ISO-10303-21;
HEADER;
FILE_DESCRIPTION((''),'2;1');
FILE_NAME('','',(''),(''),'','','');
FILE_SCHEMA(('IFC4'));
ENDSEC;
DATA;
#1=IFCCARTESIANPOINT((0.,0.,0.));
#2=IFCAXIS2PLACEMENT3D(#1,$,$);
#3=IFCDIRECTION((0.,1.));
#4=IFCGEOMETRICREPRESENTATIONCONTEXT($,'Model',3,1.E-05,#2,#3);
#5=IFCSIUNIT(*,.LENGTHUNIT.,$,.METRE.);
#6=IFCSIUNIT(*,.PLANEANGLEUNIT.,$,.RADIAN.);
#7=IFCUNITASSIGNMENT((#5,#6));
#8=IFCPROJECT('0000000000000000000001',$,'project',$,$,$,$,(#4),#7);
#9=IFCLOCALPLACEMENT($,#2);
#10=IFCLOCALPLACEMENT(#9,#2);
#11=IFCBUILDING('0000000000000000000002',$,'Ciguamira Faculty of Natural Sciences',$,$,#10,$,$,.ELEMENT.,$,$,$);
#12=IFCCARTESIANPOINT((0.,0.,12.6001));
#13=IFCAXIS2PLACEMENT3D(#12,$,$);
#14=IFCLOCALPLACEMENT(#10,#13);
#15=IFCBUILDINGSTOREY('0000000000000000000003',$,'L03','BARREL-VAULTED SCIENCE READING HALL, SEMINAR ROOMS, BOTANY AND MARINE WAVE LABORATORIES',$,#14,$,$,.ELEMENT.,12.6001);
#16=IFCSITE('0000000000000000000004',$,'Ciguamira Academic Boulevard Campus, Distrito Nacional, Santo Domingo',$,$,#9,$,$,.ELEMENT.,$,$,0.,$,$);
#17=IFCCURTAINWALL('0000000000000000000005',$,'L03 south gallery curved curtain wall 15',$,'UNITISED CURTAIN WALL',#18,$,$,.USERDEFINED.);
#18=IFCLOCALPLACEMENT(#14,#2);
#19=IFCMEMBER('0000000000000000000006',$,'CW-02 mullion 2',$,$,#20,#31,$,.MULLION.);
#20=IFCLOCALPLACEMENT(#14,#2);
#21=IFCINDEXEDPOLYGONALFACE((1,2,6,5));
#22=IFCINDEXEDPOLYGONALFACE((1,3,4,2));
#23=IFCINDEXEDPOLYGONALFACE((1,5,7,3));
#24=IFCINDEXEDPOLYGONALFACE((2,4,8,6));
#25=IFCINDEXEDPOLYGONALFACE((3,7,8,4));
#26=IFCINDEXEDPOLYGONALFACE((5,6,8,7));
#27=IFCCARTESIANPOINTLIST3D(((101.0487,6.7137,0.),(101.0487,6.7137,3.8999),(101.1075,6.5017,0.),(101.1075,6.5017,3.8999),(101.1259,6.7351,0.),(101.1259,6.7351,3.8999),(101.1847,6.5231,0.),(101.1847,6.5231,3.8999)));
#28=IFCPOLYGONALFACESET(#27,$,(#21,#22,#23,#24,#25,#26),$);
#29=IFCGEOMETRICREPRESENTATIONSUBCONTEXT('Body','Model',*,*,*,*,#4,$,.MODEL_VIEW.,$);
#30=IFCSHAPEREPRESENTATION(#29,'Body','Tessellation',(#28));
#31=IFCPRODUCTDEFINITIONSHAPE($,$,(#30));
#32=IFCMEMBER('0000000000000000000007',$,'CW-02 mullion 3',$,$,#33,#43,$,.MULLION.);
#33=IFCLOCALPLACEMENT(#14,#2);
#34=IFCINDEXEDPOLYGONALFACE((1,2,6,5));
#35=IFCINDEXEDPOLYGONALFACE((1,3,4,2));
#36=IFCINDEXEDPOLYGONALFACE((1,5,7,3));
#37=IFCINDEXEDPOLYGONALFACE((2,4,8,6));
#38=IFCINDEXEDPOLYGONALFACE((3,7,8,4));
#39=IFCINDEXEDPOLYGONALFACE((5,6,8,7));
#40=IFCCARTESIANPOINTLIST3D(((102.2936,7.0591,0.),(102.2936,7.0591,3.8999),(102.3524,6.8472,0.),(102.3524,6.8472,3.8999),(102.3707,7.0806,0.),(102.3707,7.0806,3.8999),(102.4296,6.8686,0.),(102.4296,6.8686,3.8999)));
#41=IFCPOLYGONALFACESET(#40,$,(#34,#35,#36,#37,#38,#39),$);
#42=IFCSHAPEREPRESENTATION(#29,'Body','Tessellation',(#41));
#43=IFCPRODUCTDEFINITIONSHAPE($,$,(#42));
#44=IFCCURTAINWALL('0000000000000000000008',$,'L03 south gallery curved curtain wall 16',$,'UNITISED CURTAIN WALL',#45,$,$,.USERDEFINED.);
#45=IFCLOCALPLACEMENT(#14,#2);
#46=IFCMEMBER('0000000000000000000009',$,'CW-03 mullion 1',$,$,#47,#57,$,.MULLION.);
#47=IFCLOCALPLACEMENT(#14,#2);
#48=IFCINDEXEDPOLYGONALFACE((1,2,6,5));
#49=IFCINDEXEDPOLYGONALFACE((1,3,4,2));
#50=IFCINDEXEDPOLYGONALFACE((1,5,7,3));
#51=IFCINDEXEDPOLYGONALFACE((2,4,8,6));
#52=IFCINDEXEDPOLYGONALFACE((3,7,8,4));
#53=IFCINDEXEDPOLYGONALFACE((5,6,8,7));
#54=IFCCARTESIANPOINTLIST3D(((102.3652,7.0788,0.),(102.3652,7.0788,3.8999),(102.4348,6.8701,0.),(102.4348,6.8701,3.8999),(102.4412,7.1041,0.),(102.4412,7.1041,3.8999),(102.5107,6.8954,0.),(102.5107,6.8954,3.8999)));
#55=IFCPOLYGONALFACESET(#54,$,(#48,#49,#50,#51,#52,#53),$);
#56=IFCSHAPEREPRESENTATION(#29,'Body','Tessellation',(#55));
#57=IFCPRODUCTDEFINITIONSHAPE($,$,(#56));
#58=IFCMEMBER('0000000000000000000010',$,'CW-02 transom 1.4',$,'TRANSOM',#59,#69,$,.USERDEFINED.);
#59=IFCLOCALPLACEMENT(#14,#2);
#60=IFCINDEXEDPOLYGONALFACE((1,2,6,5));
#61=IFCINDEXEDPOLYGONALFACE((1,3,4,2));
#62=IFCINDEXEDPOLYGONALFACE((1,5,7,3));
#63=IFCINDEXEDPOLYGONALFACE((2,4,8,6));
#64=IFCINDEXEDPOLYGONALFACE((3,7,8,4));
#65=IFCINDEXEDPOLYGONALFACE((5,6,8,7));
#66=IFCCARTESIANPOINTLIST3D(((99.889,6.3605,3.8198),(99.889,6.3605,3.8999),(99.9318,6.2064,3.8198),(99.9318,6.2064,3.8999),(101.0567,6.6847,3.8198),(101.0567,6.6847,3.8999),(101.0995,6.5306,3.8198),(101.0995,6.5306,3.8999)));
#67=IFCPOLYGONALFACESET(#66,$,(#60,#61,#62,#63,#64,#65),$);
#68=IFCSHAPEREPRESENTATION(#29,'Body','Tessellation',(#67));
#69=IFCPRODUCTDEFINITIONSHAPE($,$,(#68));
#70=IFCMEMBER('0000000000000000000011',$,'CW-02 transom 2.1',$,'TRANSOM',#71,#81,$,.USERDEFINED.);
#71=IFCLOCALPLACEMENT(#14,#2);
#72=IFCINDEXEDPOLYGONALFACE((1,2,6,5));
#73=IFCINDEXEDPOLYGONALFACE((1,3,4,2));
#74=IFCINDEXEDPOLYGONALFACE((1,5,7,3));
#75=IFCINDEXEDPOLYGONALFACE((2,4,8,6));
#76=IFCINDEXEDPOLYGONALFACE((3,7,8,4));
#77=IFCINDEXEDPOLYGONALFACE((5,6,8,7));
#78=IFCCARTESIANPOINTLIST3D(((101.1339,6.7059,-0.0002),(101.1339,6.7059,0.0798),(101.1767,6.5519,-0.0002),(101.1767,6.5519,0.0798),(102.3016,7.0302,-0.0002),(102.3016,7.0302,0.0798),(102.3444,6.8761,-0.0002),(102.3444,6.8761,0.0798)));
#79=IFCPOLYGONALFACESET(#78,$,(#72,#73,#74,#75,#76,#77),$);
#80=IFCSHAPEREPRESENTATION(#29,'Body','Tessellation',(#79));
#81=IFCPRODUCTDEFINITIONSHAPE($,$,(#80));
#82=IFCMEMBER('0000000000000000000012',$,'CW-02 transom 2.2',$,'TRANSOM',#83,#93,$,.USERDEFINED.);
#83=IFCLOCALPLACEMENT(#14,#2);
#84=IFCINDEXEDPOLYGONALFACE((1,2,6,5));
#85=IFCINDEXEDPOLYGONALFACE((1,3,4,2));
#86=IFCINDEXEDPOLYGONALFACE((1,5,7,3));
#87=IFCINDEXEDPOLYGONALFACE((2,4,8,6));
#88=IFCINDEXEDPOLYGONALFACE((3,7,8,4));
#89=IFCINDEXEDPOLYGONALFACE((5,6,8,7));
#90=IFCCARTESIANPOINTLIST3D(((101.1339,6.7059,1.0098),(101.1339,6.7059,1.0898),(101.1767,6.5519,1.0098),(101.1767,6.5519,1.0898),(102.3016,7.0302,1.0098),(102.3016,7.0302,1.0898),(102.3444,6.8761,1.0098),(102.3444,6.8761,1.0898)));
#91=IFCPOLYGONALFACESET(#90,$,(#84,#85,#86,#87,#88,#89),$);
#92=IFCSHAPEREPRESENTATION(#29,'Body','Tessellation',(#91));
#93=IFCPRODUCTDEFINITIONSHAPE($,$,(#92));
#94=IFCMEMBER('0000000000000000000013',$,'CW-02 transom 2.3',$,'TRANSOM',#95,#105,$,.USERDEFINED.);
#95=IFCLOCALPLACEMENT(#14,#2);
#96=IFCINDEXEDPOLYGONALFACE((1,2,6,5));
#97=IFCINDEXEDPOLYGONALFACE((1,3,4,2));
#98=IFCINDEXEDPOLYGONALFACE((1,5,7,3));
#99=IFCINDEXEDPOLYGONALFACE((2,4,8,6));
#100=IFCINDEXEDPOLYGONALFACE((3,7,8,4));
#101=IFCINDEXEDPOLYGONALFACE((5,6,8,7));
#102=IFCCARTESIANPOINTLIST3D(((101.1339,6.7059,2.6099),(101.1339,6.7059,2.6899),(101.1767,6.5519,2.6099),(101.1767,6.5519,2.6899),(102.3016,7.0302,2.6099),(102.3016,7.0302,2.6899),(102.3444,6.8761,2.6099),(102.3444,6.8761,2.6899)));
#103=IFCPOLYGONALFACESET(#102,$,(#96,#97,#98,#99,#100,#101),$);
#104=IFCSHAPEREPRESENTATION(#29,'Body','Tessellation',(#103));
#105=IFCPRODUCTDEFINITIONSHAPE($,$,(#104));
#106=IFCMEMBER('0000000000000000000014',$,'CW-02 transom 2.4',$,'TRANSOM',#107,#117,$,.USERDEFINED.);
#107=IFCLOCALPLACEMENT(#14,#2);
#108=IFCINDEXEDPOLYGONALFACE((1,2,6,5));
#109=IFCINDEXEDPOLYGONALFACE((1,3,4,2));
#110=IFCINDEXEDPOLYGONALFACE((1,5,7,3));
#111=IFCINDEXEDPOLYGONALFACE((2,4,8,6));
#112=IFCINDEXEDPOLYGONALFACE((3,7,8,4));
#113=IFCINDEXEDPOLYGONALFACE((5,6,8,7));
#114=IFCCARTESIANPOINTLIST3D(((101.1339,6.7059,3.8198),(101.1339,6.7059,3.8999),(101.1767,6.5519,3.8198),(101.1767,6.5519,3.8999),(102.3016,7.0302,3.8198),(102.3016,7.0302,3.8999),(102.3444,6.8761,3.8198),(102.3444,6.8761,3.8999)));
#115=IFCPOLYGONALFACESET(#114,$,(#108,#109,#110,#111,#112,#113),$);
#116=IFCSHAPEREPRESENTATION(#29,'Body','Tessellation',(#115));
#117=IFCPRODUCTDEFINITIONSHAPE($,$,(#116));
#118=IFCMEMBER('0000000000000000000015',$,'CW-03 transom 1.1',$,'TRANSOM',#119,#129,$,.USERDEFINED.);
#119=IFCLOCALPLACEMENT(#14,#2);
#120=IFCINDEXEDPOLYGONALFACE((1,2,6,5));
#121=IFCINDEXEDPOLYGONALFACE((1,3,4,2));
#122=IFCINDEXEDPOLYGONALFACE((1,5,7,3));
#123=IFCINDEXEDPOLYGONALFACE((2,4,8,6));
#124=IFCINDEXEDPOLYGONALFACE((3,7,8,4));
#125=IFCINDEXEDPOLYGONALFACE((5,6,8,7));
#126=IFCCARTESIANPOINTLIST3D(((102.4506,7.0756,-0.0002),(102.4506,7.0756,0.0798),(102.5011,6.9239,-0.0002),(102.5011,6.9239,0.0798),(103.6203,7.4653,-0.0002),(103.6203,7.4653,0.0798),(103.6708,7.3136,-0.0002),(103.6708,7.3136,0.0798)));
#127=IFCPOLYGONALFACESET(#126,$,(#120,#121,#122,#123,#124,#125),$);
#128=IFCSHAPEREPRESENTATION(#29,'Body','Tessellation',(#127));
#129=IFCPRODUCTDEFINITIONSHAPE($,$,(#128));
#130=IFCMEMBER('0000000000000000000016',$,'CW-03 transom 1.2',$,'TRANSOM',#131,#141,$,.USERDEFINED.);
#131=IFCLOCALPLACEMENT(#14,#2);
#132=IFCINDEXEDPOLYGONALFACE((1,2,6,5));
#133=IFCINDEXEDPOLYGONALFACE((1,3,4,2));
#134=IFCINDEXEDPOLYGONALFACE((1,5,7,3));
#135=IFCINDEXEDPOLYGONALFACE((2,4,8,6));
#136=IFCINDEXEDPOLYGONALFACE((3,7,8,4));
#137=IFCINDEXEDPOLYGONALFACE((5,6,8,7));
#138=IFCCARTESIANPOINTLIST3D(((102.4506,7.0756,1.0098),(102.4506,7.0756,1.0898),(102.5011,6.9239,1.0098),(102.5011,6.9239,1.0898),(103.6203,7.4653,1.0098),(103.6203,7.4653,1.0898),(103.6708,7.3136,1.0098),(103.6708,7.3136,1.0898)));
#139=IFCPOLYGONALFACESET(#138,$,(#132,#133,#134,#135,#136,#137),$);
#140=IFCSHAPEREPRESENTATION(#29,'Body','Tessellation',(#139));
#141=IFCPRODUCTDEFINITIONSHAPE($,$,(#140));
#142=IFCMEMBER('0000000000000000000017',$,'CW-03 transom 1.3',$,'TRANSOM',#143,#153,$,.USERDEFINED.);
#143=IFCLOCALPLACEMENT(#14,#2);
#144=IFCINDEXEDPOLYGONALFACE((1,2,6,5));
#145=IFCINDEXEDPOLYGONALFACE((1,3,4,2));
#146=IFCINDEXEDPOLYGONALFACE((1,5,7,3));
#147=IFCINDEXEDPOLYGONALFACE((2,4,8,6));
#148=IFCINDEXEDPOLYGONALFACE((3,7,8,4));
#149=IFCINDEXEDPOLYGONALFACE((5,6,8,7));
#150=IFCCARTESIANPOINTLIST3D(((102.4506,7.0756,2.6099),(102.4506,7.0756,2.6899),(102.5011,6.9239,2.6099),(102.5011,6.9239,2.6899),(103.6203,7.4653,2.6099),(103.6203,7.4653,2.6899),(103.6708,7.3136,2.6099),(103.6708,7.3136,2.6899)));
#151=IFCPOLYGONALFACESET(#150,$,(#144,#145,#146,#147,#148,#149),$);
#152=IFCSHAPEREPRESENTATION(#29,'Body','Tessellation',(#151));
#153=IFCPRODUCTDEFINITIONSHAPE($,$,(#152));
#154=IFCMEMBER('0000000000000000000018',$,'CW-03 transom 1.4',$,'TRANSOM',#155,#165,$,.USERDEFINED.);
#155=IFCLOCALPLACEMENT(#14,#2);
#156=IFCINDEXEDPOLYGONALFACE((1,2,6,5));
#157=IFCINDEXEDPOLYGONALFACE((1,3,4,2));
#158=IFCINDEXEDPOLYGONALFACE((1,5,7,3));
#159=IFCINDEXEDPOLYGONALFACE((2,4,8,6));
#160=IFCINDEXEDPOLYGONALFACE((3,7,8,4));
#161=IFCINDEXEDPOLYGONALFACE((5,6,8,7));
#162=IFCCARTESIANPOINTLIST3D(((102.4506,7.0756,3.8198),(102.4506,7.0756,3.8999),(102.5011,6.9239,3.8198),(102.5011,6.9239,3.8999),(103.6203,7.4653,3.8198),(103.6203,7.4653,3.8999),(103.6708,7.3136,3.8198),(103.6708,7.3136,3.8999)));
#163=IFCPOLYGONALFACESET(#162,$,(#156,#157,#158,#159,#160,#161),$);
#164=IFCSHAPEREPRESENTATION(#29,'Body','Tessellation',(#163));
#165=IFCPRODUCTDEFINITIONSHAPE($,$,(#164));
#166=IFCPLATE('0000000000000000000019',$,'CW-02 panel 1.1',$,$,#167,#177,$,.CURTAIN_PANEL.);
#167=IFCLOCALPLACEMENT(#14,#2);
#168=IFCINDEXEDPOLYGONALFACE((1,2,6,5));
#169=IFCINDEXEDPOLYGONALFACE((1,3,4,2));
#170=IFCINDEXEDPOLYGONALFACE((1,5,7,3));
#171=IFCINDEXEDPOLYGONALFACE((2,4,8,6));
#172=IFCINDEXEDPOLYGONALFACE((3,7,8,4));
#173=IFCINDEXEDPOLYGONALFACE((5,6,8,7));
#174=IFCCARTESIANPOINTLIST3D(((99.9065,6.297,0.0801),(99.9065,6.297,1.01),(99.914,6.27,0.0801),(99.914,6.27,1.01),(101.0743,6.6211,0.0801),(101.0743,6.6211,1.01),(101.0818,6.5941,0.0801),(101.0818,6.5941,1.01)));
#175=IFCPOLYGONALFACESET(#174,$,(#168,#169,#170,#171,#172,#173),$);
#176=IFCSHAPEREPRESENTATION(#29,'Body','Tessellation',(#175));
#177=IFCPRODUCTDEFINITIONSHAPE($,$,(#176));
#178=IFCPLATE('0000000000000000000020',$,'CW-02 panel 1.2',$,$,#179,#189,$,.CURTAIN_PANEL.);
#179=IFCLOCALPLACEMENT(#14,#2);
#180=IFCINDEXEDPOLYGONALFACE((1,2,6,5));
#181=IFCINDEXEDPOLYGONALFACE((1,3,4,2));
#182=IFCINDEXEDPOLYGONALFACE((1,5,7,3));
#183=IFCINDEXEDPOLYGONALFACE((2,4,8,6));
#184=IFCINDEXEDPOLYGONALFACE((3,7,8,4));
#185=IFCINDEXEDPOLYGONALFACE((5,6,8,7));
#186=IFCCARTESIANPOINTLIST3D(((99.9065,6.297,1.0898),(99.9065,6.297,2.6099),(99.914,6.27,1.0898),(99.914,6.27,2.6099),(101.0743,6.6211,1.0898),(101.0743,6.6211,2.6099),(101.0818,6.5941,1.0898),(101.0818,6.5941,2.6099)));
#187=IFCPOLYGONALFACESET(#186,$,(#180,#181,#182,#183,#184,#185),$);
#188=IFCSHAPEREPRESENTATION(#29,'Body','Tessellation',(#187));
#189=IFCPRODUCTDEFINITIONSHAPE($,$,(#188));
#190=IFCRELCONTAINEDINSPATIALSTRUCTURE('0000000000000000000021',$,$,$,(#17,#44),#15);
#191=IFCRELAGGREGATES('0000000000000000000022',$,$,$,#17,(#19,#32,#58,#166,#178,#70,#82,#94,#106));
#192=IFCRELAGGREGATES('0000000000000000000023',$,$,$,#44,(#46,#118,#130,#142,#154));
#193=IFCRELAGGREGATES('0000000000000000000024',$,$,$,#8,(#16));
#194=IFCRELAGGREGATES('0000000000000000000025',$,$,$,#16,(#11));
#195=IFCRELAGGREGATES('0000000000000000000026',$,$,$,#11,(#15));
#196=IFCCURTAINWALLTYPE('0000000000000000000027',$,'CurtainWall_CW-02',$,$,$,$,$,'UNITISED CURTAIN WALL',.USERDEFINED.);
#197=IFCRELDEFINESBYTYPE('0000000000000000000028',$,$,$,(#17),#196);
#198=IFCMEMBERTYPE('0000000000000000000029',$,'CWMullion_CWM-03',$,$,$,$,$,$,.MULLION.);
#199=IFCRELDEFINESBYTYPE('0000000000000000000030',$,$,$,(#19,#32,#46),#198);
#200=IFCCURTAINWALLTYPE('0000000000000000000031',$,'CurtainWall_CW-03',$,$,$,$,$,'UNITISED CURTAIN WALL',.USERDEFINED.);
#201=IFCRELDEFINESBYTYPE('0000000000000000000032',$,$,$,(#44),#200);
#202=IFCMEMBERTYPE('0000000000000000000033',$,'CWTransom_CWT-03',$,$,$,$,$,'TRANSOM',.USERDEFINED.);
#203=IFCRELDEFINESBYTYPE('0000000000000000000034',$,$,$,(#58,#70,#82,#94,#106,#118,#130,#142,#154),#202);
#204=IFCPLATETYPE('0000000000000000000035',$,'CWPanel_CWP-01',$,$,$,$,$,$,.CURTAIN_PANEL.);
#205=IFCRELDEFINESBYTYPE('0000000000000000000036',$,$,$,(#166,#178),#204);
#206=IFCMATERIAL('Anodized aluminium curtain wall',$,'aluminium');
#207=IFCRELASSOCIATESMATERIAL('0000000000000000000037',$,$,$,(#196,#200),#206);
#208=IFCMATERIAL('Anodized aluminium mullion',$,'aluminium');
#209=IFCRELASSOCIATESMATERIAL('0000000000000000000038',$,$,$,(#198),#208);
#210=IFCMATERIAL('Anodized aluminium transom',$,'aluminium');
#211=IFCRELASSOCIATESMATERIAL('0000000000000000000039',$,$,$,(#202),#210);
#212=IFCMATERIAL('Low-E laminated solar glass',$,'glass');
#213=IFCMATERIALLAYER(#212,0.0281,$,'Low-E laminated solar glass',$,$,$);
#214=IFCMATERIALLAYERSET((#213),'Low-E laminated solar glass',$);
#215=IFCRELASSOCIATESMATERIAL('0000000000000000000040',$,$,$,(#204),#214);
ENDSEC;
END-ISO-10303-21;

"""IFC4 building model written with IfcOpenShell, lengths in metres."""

from ifc_helpers import new_model, si_unit, direction, frame, origin, origin_2d, place, context, subcontext, project, spatial, rectangle, extrude, material, layer, layer_set, material_profile, profile_set, type_object, element, aggregate, save


model = new_model("IFC4")

# Units and contexts
model_context = context("Model", 3, precision=1e-05, world=origin(), true_north=direction((0.0, 1.0)))
body_context = subcontext(model_context, "Body", "Model", "MODEL_VIEW")
ifc_project = project(units=[si_unit("LENGTHUNIT", "METRE"), si_unit("PLANEANGLEUNIT", "RADIAN")], contexts=[model_context])

# Site, building, storey
site_placement = place(None, origin())
site = spatial("IfcSite", under=ifc_project, at=site_placement, Name="Ciguamira Academic Boulevard Campus, Distrito Nacional, Santo Domingo", CompositionType="ELEMENT", RefElevation=0.0)
building_placement = place(site_placement, origin())
building = spatial("IfcBuilding", under=site, at=building_placement, Name="Ciguamira Faculty of Natural Sciences", CompositionType="ELEMENT")
storey_placement = place(building_placement, frame((0.0, 0.0, 12.6001)))
storey = spatial("IfcBuildingStorey", under=building, at=storey_placement, Name="L03", Description="BARREL-VAULTED SCIENCE READING HALL, SEMINAR ROOMS, BOTANY AND MARINE WAVE LABORATORIES", CompositionType="ELEMENT", Elevation=12.6001)

# Curtain wall, members
ifc_material_1 = material(Name="Anodized aluminium curtain wall", Category="aluminium")
curtain_wall_type_1 = type_object("IfcCurtainWallType", Name="CurtainWall_CW-02", ElementType="UNITISED CURTAIN WALL", PredefinedType="USERDEFINED", material=ifc_material_1)
curtain_wall_1_placement = place(storey_placement, origin())
curtain_wall_1 = element("IfcCurtainWall", 1, at=curtain_wall_1_placement, inside=storey, type_object=curtain_wall_type_1, Name="L03 south gallery curved curtain wall 15", ObjectType="UNITISED CURTAIN WALL", PredefinedType="USERDEFINED")
ifc_material_2 = material(Name="Anodized aluminium mullion", Category="aluminium")
ifc_material_profile_1 = material_profile(ifc_material_2, rectangle(XDim=0.0801, YDim=0.22, at=origin_2d()), Name="ALU-MUL-80X220")
ifc_profile_set_1 = profile_set([ifc_material_profile_1], Name="Anodized aluminium mullion")
member_type_1 = type_object("IfcMemberType", Name="CWMullion_CWM-03", PredefinedType="MULLION", material=ifc_profile_set_1)
member_1_placement = place(storey_placement, frame((101.1167, 6.6184, 0.0), z_axis=(0.0, 0.0, 1.0), x_axis=(0.963573, 0.267444, 0.0)))
member_1 = element("IfcMember", 2, at=member_1_placement, type_object=member_type_1, Name="CW-02 mullion 2", PredefinedType="MULLION", context=body_context, shape_type="SweptSolid", body=[
    extrude(rectangle(XDim=0.0801, YDim=0.22, at=origin_2d()), origin(), (0.0, 0.0, 1.0), 3.8999),
])
member_2_placement = place(storey_placement, frame((102.3616, 6.9639, 0.0), z_axis=(0.0, 0.0, 1.0), x_axis=(0.963573, 0.267444, 0.0)))
member_2 = element("IfcMember", 3, at=member_2_placement, type_object=member_type_1, Name="CW-02 mullion 3", PredefinedType="MULLION", context=body_context, shape_type="SweptSolid", body=[
    extrude(rectangle(XDim=0.0801, YDim=0.22, at=origin_2d()), origin(), (0.0, 0.0, 1.0), 3.8999),
])

# Curtain wall, member
curtain_wall_type_2 = type_object("IfcCurtainWallType", Name="CurtainWall_CW-03", ElementType="UNITISED CURTAIN WALL", PredefinedType="USERDEFINED", material=ifc_material_1)
curtain_wall_2_placement = place(storey_placement, origin())
curtain_wall_2 = element("IfcCurtainWall", 4, at=curtain_wall_2_placement, inside=storey, type_object=curtain_wall_type_2, Name="L03 south gallery curved curtain wall 16", ObjectType="UNITISED CURTAIN WALL", PredefinedType="USERDEFINED")
member_3_placement = place(storey_placement, frame((102.438, 6.9871, 0.0), z_axis=(0.0, 0.0, 1.0), x_axis=(0.948735, 0.316073, 0.0)))
member_3 = element("IfcMember", 5, at=member_3_placement, type_object=member_type_1, Name="CW-03 mullion 1", PredefinedType="MULLION", context=body_context, shape_type="SweptSolid", body=[
    extrude(rectangle(XDim=0.0801, YDim=0.22, at=origin_2d()), origin(), (0.0, 0.0, 1.0), 3.8999),
])

# Members
ifc_material_3 = material(Name="Anodized aluminium transom", Category="aluminium")
ifc_material_profile_2 = material_profile(ifc_material_3, rectangle(XDim=0.0801, YDim=0.1599, at=origin_2d()), Name="ALU-TRN-80X160")
ifc_profile_set_2 = profile_set([ifc_material_profile_2], Name="Anodized aluminium transom")
member_type_2 = type_object("IfcMemberType", Name="CWTransom_CWT-03", ElementType="TRANSOM", PredefinedType="USERDEFINED", material=ifc_profile_set_2)
member_4_placement = place(storey_placement, frame((99.9104, 6.2834, 3.8599), z_axis=(0.96355, 0.26753, 0.0), x_axis=(0.0, 0.0, 1.0)))
member_4 = element("IfcMember", 6, at=member_4_placement, type_object=member_type_2, Name="CW-02 transom 1.4", ObjectType="TRANSOM", PredefinedType="USERDEFINED", context=body_context, shape_type="SweptSolid", body=[
    extrude(rectangle(XDim=0.0801, YDim=0.1599, at=origin_2d()), origin(), (0.0, 0.0, 1.0), 1.2119),
])
member_5_placement = place(storey_placement, frame((101.1553, 6.6289, 0.0398), z_axis=(0.96355, 0.26753, 0.0), x_axis=(0.0, 0.0, 1.0)))
member_5 = element("IfcMember", 7, at=member_5_placement, type_object=member_type_2, Name="CW-02 transom 2.1", ObjectType="TRANSOM", PredefinedType="USERDEFINED", context=body_context, shape_type="SweptSolid", body=[
    extrude(rectangle(XDim=0.0801, YDim=0.1599, at=origin_2d()), origin(), (0.0, 0.0, 1.0), 1.2119),
])
member_6_placement = place(storey_placement, frame((101.1553, 6.6289, 1.0498), z_axis=(0.96355, 0.26753, 0.0), x_axis=(0.0, 0.0, 1.0)))
member_6 = element("IfcMember", 8, at=member_6_placement, type_object=member_type_2, Name="CW-02 transom 2.2", ObjectType="TRANSOM", PredefinedType="USERDEFINED", context=body_context, shape_type="SweptSolid", body=[
    extrude(rectangle(XDim=0.0801, YDim=0.1599, at=origin_2d()), origin(), (0.0, 0.0, 1.0), 1.2119),
])
member_7_placement = place(storey_placement, frame((101.1553, 6.6289, 2.6499), z_axis=(0.96355, 0.26753, 0.0), x_axis=(0.0, 0.0, 1.0)))
member_7 = element("IfcMember", 9, at=member_7_placement, type_object=member_type_2, Name="CW-02 transom 2.3", ObjectType="TRANSOM", PredefinedType="USERDEFINED", context=body_context, shape_type="SweptSolid", body=[
    extrude(rectangle(XDim=0.0801, YDim=0.1599, at=origin_2d()), origin(), (0.0, 0.0, 1.0), 1.2119),
])
member_8_placement = place(storey_placement, frame((101.1553, 6.6289, 3.8599), z_axis=(0.96355, 0.26753, 0.0), x_axis=(0.0, 0.0, 1.0)))
member_8 = element("IfcMember", 10, at=member_8_placement, type_object=member_type_2, Name="CW-02 transom 2.4", ObjectType="TRANSOM", PredefinedType="USERDEFINED", context=body_context, shape_type="SweptSolid", body=[
    extrude(rectangle(XDim=0.0801, YDim=0.1599, at=origin_2d()), origin(), (0.0, 0.0, 1.0), 1.2119),
])
member_9_placement = place(storey_placement, frame((102.4758, 6.9998, 0.0398), z_axis=(0.948743, 0.31605, 0.0), x_axis=(0.0, 0.0, 1.0)))
member_9 = element("IfcMember", 11, at=member_9_placement, type_object=member_type_2, Name="CW-03 transom 1.1", ObjectType="TRANSOM", PredefinedType="USERDEFINED", context=body_context, shape_type="SweptSolid", body=[
    extrude(rectangle(XDim=0.0801, YDim=0.1599, at=origin_2d()), origin(), (0.0, 0.0, 1.0), 1.2329),
])
member_10_placement = place(storey_placement, frame((102.4758, 6.9998, 1.0498), z_axis=(0.948743, 0.31605, 0.0), x_axis=(0.0, 0.0, 1.0)))
member_10 = element("IfcMember", 12, at=member_10_placement, type_object=member_type_2, Name="CW-03 transom 1.2", ObjectType="TRANSOM", PredefinedType="USERDEFINED", context=body_context, shape_type="SweptSolid", body=[
    extrude(rectangle(XDim=0.0801, YDim=0.1599, at=origin_2d()), origin(), (0.0, 0.0, 1.0), 1.2329),
])
member_11_placement = place(storey_placement, frame((102.4758, 6.9998, 2.6499), z_axis=(0.948743, 0.31605, 0.0), x_axis=(0.0, 0.0, 1.0)))
member_11 = element("IfcMember", 13, at=member_11_placement, type_object=member_type_2, Name="CW-03 transom 1.3", ObjectType="TRANSOM", PredefinedType="USERDEFINED", context=body_context, shape_type="SweptSolid", body=[
    extrude(rectangle(XDim=0.0801, YDim=0.1599, at=origin_2d()), origin(), (0.0, 0.0, 1.0), 1.2329),
])
member_12_placement = place(storey_placement, frame((102.4758, 6.9998, 3.8599), z_axis=(0.948743, 0.31605, 0.0), x_axis=(0.0, 0.0, 1.0)))
member_12 = element("IfcMember", 14, at=member_12_placement, type_object=member_type_2, Name="CW-03 transom 1.4", ObjectType="TRANSOM", PredefinedType="USERDEFINED", context=body_context, shape_type="SweptSolid", body=[
    extrude(rectangle(XDim=0.0801, YDim=0.1599, at=origin_2d()), origin(), (0.0, 0.0, 1.0), 1.2329),
])

# Plates
ifc_material_4 = material(Name="Low-E laminated solar glass", Category="glass")
ifc_layer = layer(ifc_material_4, 0.0281, Name="Low-E laminated solar glass")
ifc_layer_set = layer_set([ifc_layer], Name="Low-E laminated solar glass")
plate_type = type_object("IfcPlateType", Name="CWPanel_CWP-01", PredefinedType="CURTAIN_PANEL", material=ifc_layer_set)
plate_1_placement = place(storey_placement, frame((100.4941, 6.4456, 0.0801), z_axis=(0.0, 0.0, 1.0), x_axis=(0.963573, 0.267444, 0.0)))
plate_1 = element("IfcPlate", 15, at=plate_1_placement, type_object=plate_type, Name="CW-02 panel 1.1", PredefinedType="CURTAIN_PANEL", context=body_context, shape_type="SweptSolid", body=[
    extrude(rectangle(XDim=1.2119, YDim=0.0281, at=origin_2d()), origin(), (0.0, 0.0, 1.0), 0.9299),
])
plate_2_placement = place(storey_placement, frame((100.4941, 6.4456, 1.0898), z_axis=(0.0, 0.0, 1.0), x_axis=(0.963573, 0.267444, 0.0)))
plate_2 = element("IfcPlate", 16, at=plate_2_placement, type_object=plate_type, Name="CW-02 panel 1.2", PredefinedType="CURTAIN_PANEL", context=body_context, shape_type="SweptSolid", body=[
    extrude(rectangle(XDim=1.2119, YDim=0.0281, at=origin_2d()), origin(), (0.0, 0.0, 1.0), 1.52),
])
aggregate(curtain_wall_1, [member_1, member_2, member_4, plate_1, plate_2, member_5, member_6, member_7, member_8])
aggregate(curtain_wall_2, [member_3, member_9, member_10, member_11, member_12])

save(model, "model.ifc")
